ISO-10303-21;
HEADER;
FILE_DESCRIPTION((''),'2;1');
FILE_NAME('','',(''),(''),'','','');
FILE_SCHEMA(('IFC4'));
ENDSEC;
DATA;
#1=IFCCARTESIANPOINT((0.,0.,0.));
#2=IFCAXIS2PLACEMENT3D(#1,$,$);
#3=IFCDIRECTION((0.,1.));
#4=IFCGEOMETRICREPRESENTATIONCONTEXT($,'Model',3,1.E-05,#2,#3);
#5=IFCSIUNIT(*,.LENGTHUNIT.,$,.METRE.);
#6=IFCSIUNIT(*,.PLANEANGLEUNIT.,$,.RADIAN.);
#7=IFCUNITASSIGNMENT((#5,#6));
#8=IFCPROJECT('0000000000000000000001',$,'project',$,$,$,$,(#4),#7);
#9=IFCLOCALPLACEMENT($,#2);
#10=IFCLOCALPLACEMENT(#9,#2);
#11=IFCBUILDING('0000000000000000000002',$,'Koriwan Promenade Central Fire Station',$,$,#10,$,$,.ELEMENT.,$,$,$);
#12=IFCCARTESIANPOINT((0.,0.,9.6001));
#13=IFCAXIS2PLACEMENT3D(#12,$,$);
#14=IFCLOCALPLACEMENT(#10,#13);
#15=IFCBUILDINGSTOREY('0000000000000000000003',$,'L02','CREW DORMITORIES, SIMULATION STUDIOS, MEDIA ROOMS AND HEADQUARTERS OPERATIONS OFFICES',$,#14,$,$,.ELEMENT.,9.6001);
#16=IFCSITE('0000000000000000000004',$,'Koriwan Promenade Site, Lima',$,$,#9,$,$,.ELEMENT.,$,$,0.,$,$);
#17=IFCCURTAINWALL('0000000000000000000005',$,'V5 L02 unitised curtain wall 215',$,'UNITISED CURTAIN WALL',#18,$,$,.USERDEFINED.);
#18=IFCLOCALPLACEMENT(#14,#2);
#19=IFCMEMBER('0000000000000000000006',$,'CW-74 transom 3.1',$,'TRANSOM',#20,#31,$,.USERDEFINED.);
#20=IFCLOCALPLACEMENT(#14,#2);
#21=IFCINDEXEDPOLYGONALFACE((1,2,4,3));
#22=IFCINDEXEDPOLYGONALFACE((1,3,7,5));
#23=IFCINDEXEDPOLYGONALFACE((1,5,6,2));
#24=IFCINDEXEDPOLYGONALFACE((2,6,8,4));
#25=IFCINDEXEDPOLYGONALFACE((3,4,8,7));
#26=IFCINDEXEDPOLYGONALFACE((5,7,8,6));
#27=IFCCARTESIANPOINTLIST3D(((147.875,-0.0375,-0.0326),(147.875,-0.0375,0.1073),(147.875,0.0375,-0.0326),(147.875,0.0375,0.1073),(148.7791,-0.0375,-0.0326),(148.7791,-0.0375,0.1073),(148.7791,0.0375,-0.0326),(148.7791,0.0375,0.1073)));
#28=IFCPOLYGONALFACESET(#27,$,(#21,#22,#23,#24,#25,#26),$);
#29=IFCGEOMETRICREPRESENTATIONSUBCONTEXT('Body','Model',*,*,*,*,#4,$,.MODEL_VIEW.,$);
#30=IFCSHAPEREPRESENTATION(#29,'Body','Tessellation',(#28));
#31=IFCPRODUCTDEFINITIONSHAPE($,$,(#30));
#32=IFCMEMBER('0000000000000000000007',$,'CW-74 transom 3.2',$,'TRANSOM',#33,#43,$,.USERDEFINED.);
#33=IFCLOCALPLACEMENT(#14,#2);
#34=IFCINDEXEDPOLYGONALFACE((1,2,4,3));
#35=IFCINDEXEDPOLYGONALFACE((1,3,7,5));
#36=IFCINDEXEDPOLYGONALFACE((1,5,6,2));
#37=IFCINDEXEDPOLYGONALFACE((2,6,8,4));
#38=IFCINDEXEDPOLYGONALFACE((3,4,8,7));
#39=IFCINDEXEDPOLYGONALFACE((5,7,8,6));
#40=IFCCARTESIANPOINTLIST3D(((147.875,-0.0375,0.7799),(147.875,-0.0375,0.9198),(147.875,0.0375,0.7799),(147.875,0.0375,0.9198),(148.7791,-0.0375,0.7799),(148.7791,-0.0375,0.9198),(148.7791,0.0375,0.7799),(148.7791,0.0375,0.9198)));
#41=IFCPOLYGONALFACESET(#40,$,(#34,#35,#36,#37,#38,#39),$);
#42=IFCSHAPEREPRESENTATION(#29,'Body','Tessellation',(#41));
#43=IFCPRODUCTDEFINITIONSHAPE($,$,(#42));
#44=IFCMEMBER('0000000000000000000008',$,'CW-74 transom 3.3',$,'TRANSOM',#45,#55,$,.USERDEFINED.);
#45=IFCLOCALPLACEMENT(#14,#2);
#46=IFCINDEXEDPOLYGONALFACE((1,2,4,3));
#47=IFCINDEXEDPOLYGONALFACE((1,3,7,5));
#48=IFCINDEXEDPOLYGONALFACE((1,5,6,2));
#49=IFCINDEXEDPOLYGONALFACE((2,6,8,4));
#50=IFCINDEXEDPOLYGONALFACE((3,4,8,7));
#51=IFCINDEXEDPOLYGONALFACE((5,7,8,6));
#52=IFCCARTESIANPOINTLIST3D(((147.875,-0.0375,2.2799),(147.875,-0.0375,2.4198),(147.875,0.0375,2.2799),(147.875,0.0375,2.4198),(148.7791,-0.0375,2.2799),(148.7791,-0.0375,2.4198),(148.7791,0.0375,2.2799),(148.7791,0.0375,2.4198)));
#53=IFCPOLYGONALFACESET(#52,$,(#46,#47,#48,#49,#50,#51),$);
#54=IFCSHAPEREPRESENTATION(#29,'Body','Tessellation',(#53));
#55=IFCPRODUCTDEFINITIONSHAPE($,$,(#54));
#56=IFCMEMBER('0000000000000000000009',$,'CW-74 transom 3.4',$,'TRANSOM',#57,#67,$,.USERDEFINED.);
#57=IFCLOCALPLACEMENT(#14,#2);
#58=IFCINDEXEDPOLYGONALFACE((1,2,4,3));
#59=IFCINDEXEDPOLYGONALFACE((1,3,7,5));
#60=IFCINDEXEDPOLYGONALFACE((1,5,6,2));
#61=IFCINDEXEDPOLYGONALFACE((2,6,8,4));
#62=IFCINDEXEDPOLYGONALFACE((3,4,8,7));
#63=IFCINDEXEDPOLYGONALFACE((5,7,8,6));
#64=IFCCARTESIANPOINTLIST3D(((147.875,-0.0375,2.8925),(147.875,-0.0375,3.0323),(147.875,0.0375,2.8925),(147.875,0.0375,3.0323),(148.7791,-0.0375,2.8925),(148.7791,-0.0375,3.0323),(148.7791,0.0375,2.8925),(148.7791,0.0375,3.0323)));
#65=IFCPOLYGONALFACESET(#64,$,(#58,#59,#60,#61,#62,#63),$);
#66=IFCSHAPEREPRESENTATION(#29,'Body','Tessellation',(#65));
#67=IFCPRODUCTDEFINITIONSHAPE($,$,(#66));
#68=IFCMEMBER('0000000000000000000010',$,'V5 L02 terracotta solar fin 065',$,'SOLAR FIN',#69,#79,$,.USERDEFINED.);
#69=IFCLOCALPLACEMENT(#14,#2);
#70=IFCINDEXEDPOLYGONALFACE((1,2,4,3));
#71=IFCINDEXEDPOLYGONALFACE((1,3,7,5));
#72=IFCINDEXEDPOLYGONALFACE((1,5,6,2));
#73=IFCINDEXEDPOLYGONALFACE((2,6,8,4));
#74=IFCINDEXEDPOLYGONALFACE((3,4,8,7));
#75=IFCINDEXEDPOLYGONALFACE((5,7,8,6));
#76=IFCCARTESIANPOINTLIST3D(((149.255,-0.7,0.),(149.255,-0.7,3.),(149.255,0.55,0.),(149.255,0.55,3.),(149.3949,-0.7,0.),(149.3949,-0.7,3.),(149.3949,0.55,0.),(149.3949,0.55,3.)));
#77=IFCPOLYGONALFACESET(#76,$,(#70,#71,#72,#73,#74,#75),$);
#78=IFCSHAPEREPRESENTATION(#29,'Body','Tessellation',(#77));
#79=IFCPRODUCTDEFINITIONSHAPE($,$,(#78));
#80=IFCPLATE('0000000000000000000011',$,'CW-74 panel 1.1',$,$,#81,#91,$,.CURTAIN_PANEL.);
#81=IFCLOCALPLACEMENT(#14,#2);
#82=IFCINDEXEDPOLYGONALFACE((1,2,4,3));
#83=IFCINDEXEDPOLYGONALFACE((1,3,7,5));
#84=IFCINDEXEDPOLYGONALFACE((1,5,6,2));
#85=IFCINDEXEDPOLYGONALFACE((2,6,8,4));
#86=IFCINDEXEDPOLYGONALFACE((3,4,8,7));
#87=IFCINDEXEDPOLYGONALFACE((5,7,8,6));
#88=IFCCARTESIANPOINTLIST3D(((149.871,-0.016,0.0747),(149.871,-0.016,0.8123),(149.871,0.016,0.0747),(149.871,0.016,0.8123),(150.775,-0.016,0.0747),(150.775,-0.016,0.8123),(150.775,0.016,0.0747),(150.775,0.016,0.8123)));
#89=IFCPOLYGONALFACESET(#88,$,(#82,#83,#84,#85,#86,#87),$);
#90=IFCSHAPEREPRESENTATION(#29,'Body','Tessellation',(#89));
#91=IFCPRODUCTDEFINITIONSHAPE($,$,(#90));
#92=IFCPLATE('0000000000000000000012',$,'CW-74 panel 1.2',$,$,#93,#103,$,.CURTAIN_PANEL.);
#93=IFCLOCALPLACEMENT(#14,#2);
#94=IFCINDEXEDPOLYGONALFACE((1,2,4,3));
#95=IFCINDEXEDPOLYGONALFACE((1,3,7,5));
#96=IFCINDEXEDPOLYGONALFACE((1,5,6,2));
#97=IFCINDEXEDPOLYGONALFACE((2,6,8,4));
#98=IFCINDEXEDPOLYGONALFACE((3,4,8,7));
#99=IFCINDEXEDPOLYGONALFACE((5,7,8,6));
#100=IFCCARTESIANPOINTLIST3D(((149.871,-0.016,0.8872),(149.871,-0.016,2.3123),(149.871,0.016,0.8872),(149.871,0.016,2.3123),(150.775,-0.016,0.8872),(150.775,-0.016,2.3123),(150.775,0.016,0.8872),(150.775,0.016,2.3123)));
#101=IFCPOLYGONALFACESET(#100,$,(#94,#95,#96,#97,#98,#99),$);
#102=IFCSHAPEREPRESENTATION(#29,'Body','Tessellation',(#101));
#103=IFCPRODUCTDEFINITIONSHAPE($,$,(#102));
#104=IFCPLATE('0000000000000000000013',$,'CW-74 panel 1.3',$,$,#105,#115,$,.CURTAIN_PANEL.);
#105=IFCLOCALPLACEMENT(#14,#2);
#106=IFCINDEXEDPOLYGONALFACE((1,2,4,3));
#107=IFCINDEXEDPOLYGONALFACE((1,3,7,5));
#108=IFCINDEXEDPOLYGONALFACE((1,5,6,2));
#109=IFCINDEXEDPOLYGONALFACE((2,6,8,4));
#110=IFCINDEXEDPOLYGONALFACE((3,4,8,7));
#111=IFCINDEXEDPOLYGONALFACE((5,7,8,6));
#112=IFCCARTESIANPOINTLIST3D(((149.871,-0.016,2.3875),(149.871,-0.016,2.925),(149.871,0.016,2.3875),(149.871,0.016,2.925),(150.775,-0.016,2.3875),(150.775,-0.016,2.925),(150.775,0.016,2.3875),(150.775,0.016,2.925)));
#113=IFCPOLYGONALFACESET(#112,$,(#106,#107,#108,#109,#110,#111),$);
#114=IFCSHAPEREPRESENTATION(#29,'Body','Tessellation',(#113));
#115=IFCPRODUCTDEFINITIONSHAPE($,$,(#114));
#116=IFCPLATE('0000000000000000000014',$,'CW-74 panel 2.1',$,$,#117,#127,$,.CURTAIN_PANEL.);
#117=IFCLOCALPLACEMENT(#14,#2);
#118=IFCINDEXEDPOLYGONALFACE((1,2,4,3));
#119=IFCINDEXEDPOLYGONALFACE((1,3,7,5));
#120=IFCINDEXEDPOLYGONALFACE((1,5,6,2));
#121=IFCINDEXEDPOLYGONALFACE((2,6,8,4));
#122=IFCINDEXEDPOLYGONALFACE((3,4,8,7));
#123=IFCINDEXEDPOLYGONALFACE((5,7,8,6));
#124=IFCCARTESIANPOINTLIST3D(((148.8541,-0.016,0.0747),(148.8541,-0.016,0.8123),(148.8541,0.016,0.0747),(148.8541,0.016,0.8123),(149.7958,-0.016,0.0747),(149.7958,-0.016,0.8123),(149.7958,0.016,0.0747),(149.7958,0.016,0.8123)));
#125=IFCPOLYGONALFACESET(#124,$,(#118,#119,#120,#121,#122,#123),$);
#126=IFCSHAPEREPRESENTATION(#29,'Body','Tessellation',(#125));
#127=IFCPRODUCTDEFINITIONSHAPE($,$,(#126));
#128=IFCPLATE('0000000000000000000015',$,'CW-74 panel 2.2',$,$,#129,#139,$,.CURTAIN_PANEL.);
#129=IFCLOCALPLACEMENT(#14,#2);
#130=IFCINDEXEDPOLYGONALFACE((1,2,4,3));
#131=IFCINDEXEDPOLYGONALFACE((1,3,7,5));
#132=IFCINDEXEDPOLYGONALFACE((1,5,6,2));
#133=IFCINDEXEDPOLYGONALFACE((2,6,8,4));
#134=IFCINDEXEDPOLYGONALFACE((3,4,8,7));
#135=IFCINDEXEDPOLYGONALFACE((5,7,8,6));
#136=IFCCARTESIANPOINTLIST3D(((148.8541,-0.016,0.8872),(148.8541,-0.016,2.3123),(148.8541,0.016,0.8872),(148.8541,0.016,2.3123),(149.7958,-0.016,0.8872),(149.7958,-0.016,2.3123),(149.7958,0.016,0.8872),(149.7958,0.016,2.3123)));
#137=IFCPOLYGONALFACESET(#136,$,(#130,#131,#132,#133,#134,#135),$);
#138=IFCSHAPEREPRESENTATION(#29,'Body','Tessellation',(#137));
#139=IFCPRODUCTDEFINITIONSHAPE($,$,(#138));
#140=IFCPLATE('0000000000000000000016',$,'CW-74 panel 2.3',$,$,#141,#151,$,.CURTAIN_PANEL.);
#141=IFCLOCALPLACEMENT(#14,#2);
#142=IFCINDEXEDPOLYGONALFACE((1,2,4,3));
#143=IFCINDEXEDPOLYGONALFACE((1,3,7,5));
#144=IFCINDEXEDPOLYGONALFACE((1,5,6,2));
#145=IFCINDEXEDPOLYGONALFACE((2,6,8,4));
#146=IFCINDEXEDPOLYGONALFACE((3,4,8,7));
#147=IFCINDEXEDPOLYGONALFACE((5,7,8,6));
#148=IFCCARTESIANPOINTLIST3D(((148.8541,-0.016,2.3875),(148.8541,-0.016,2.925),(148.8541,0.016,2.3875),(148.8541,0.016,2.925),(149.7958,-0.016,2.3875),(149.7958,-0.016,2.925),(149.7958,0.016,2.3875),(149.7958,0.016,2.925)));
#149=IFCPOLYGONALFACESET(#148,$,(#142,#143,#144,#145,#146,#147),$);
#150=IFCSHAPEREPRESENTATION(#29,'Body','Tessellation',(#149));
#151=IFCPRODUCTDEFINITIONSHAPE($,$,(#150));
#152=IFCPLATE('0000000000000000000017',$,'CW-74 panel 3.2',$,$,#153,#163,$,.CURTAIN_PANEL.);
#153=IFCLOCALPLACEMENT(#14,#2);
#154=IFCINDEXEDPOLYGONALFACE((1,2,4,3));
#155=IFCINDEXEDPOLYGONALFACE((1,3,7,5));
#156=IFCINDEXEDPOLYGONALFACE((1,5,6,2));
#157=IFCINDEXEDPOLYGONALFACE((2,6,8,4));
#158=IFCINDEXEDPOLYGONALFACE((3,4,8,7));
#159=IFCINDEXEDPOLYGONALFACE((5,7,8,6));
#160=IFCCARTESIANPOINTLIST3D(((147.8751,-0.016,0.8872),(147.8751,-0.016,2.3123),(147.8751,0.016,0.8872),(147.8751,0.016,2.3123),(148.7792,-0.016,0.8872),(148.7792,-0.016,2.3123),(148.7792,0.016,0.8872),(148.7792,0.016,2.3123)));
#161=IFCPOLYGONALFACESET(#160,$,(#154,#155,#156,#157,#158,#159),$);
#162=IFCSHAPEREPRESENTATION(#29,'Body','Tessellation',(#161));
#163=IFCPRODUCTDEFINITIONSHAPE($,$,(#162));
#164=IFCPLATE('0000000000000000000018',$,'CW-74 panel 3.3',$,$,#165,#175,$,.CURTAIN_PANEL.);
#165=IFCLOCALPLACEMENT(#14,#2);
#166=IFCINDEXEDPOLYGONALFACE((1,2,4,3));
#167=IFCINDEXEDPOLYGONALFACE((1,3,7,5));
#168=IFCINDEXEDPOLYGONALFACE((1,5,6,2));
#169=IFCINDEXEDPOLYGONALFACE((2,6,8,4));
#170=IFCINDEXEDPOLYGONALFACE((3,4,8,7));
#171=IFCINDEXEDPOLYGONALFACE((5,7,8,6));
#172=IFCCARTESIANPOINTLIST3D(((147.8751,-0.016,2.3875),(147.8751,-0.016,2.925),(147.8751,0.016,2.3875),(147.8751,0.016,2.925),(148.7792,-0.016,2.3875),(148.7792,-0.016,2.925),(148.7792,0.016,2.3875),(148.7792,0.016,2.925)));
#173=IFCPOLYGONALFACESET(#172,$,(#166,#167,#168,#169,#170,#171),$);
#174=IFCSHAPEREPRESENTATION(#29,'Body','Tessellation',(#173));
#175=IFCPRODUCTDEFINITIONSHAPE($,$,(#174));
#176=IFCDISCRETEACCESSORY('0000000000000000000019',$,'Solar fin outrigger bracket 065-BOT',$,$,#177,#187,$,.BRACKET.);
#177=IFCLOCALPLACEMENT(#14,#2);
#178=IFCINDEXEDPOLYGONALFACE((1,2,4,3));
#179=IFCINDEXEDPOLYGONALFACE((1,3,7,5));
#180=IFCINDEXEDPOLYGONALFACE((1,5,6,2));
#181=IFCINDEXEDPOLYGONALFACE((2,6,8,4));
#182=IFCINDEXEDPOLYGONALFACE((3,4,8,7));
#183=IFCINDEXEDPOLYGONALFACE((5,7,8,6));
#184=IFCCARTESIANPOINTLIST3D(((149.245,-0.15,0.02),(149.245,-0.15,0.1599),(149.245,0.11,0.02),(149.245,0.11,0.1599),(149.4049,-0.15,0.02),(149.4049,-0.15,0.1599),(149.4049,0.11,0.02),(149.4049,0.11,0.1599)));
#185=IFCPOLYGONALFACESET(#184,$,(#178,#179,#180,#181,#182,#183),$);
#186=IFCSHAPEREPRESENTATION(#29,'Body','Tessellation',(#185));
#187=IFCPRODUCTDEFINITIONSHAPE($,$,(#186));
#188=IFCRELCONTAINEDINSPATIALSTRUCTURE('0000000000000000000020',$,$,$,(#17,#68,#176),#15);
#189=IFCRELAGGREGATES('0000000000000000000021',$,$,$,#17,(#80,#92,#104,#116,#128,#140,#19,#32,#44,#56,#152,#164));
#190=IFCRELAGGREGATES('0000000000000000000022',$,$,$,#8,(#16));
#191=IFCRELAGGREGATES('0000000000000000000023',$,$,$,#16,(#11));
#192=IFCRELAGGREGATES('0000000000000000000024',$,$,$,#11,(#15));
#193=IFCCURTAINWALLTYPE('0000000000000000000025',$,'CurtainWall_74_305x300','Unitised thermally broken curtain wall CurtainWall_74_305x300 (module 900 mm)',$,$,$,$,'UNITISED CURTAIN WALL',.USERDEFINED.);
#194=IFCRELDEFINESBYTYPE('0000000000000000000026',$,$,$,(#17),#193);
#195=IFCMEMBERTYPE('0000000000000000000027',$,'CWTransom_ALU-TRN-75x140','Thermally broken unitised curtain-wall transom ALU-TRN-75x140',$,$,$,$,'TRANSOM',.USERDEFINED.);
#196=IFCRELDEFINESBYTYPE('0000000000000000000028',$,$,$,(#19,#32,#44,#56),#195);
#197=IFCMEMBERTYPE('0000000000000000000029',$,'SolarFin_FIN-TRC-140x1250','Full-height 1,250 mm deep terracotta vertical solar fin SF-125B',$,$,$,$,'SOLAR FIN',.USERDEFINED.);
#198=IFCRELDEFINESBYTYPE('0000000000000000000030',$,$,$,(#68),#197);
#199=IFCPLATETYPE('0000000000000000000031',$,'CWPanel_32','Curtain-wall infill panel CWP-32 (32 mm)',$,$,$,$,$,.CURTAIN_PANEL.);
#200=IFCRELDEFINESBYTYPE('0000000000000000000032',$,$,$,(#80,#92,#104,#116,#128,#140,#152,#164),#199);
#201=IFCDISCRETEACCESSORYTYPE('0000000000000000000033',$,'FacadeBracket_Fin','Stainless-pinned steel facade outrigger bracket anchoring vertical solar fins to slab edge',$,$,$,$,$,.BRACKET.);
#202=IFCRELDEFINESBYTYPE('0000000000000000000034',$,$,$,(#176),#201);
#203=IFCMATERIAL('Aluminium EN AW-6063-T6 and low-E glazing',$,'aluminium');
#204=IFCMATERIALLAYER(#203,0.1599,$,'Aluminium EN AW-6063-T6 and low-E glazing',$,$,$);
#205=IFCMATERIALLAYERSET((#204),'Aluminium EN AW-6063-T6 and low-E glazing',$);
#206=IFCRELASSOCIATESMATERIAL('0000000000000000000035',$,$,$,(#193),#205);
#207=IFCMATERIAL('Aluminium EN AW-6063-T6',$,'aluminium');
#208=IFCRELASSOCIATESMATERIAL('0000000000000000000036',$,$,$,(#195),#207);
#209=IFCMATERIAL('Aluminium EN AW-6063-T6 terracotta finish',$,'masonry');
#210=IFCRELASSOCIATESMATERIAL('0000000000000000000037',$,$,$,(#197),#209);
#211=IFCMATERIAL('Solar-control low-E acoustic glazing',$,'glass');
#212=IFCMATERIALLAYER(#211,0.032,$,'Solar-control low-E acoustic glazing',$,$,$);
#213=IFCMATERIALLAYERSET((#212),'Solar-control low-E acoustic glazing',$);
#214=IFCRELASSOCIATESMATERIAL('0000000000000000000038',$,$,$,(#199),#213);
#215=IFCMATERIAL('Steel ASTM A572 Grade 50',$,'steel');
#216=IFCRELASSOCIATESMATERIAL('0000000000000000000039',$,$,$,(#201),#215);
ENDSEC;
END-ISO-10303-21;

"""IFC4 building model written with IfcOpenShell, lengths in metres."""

from ifc_helpers import new_model, si_unit, direction, frame, origin, origin_2d, place, context, subcontext, project, spatial, rectangle, extrude, material, layer, layer_set, material_profile, profile_set, type_object, element, aggregate, save


model = new_model("IFC4")

# Units and contexts
model_context = context("Model", 3, precision=1e-05, world=origin(), true_north=direction((0.0, 1.0)))
body_context = subcontext(model_context, "Body", "Model", "MODEL_VIEW")
ifc_project = project(units=[si_unit("LENGTHUNIT", "METRE"), si_unit("PLANEANGLEUNIT", "RADIAN")], contexts=[model_context])

# Site, building, storey
site_placement = place(None, origin())
site = spatial("IfcSite", under=ifc_project, at=site_placement, Name="Koriwan Promenade Site, Lima", CompositionType="ELEMENT", RefElevation=0.0)
building_placement = place(site_placement, origin())
building = spatial("IfcBuilding", under=site, at=building_placement, Name="Koriwan Promenade Central Fire Station", CompositionType="ELEMENT")
storey_placement = place(building_placement, frame((0.0, 0.0, 9.6001)))
storey = spatial("IfcBuildingStorey", under=building, at=storey_placement, Name="L02", Description="CREW DORMITORIES, SIMULATION STUDIOS, MEDIA ROOMS AND HEADQUARTERS OPERATIONS OFFICES", CompositionType="ELEMENT", Elevation=9.6001)

# Curtain wall, members
ifc_material_1 = material(Name="Aluminium EN AW-6063-T6 and low-E glazing", Category="aluminium")
ifc_layer_1 = layer(ifc_material_1, 0.1599, Name="Aluminium EN AW-6063-T6 and low-E glazing")
ifc_layer_set_1 = layer_set([ifc_layer_1], Name="Aluminium EN AW-6063-T6 and low-E glazing")
curtain_wall_type = type_object("IfcCurtainWallType", Name="CurtainWall_74_305x300", Description="Unitised thermally broken curtain wall CurtainWall_74_305x300 (module 900 mm)", ElementType="UNITISED CURTAIN WALL", PredefinedType="USERDEFINED", material=ifc_layer_set_1)
curtain_wall_placement = place(storey_placement, origin())
curtain_wall = element("IfcCurtainWall", 1, at=curtain_wall_placement, inside=storey, type_object=curtain_wall_type, Name="V5 L02 unitised curtain wall 215", ObjectType="UNITISED CURTAIN WALL", PredefinedType="USERDEFINED")
ifc_material_2 = material(Name="Aluminium EN AW-6063-T6", Category="aluminium")
ifc_material_profile_1 = material_profile(ifc_material_2, rectangle(XDim=0.075, YDim=0.1399, at=origin_2d()), Name="ALU-TRN-75x140")
ifc_profile_set_1 = profile_set([ifc_material_profile_1], Name="Aluminium EN AW-6063-T6")
member_type_1 = type_object("IfcMemberType", Name="CWTransom_ALU-TRN-75x140", Description="Thermally broken unitised curtain-wall transom ALU-TRN-75x140", ElementType="TRANSOM", PredefinedType="USERDEFINED", material=ifc_profile_set_1)
member_1_placement = place(storey_placement, frame((148.7791, 0.0, 0.0374), z_axis=(-1.0, 0.0, 0.0), x_axis=(0.0, -1.0, 0.0)))
member_1 = element("IfcMember", 2, at=member_1_placement, type_object=member_type_1, Name="CW-74 transom 3.1", ObjectType="TRANSOM", PredefinedType="USERDEFINED", context=body_context, shape_type="SweptSolid", body=[
    extrude(rectangle(XDim=0.075, YDim=0.1399, at=origin_2d()), origin(), (0.0, 0.0, 1.0), 0.9041),
])
member_2_placement = place(storey_placement, frame((148.7791, 0.0, 0.8499), z_axis=(-1.0, 0.0, 0.0), x_axis=(0.0, -1.0, 0.0)))
member_2 = element("IfcMember", 3, at=member_2_placement, type_object=member_type_1, Name="CW-74 transom 3.2", ObjectType="TRANSOM", PredefinedType="USERDEFINED", context=body_context, shape_type="SweptSolid", body=[
    extrude(rectangle(XDim=0.075, YDim=0.1399, at=origin_2d()), origin(), (0.0, 0.0, 1.0), 0.9041),
])
member_3_placement = place(storey_placement, frame((148.7791, 0.0, 2.3499), z_axis=(-1.0, 0.0, 0.0), x_axis=(0.0, -1.0, 0.0)))
member_3 = element("IfcMember", 4, at=member_3_placement, type_object=member_type_1, Name="CW-74 transom 3.3", ObjectType="TRANSOM", PredefinedType="USERDEFINED", context=body_context, shape_type="SweptSolid", body=[
    extrude(rectangle(XDim=0.075, YDim=0.1399, at=origin_2d()), origin(), (0.0, 0.0, 1.0), 0.9041),
])
member_4_placement = place(storey_placement, frame((148.7791, 0.0, 2.9624), z_axis=(-1.0, 0.0, 0.0), x_axis=(0.0, -1.0, 0.0)))
member_4 = element("IfcMember", 5, at=member_4_placement, type_object=member_type_1, Name="CW-74 transom 3.4", ObjectType="TRANSOM", PredefinedType="USERDEFINED", context=body_context, shape_type="SweptSolid", body=[
    extrude(rectangle(XDim=0.075, YDim=0.1399, at=origin_2d()), origin(), (0.0, 0.0, 1.0), 0.9041),
])

# Member
ifc_material_3 = material(Name="Aluminium EN AW-6063-T6 terracotta finish", Category="masonry")
ifc_material_profile_2 = material_profile(ifc_material_3, rectangle(XDim=0.1399, YDim=1.25, at=origin_2d()), Name="FIN-TRC-140x1250")
ifc_profile_set_2 = profile_set([ifc_material_profile_2], Name="Aluminium EN AW-6063-T6 terracotta finish")
member_type_2 = type_object("IfcMemberType", Name="SolarFin_FIN-TRC-140x1250", Description="Full-height 1,250 mm deep terracotta vertical solar fin SF-125B", ElementType="SOLAR FIN", PredefinedType="USERDEFINED", material=ifc_profile_set_2)
member_5_placement = place(storey_placement, frame((149.325, -0.075, 0.0), z_axis=(0.0, 0.0, 1.0), x_axis=(-1.0, 0.0, 0.0)))
element("IfcMember", 6, at=member_5_placement, inside=storey, type_object=member_type_2, Name="V5 L02 terracotta solar fin 065", ObjectType="SOLAR FIN", PredefinedType="USERDEFINED", context=body_context, shape_type="SweptSolid", body=[
    extrude(rectangle(XDim=0.1399, YDim=1.25, at=origin_2d()), origin(), (0.0, 0.0, 1.0), 3.0),
])

# Plates
ifc_material_4 = material(Name="Solar-control low-E acoustic glazing", Category="glass")
ifc_layer_2 = layer(ifc_material_4, 0.032, Name="Solar-control low-E acoustic glazing")
ifc_layer_set_2 = layer_set([ifc_layer_2], Name="Solar-control low-E acoustic glazing")
plate_type = type_object("IfcPlateType", Name="CWPanel_32", Description="Curtain-wall infill panel CWP-32 (32 mm)", PredefinedType="CURTAIN_PANEL", material=ifc_layer_set_2)
plate_1_placement = place(storey_placement, frame((150.323, 0.0, 0.0747), z_axis=(0.0, 0.0, 1.0), x_axis=(-1.0, 0.0, 0.0)))
plate_1 = element("IfcPlate", 7, at=plate_1_placement, type_object=plate_type, Name="CW-74 panel 1.1", PredefinedType="CURTAIN_PANEL", context=body_context, shape_type="SweptSolid", body=[
    extrude(rectangle(XDim=0.9041, YDim=0.032, at=origin_2d()), origin(), (0.0, 0.0, 1.0), 0.7375),
])
plate_2_placement = place(storey_placement, frame((150.323, 0.0, 0.8872), z_axis=(0.0, 0.0, 1.0), x_axis=(-1.0, 0.0, 0.0)))
plate_2 = element("IfcPlate", 8, at=plate_2_placement, type_object=plate_type, Name="CW-74 panel 1.2", PredefinedType="CURTAIN_PANEL", context=body_context, shape_type="SweptSolid", body=[
    extrude(rectangle(XDim=0.9041, YDim=0.032, at=origin_2d()), origin(), (0.0, 0.0, 1.0), 1.425),
])
plate_3_placement = place(storey_placement, frame((150.323, 0.0, 2.3875), z_axis=(0.0, 0.0, 1.0), x_axis=(-1.0, 0.0, 0.0)))
plate_3 = element("IfcPlate", 9, at=plate_3_placement, type_object=plate_type, Name="CW-74 panel 1.3", PredefinedType="CURTAIN_PANEL", context=body_context, shape_type="SweptSolid", body=[
    extrude(rectangle(XDim=0.9041, YDim=0.032, at=origin_2d()), origin(), (0.0, 0.0, 1.0), 0.5376),
])
plate_4_placement = place(storey_placement, frame((149.325, 0.0, 0.0747), z_axis=(0.0, 0.0, 1.0), x_axis=(-1.0, 0.0, 0.0)))
plate_4 = element("IfcPlate", 10, at=plate_4_placement, type_object=plate_type, Name="CW-74 panel 2.1", PredefinedType="CURTAIN_PANEL", context=body_context, shape_type="SweptSolid", body=[
    extrude(rectangle(XDim=0.9417, YDim=0.032, at=origin_2d()), origin(), (0.0, 0.0, 1.0), 0.7375),
])
plate_5_placement = place(storey_placement, frame((149.325, 0.0, 0.8872), z_axis=(0.0, 0.0, 1.0), x_axis=(-1.0, 0.0, 0.0)))
plate_5 = element("IfcPlate", 11, at=plate_5_placement, type_object=plate_type, Name="CW-74 panel 2.2", PredefinedType="CURTAIN_PANEL", context=body_context, shape_type="SweptSolid", body=[
    extrude(rectangle(XDim=0.9417, YDim=0.032, at=origin_2d()), origin(), (0.0, 0.0, 1.0), 1.425),
])
plate_6_placement = place(storey_placement, frame((149.325, 0.0, 2.3875), z_axis=(0.0, 0.0, 1.0), x_axis=(-1.0, 0.0, 0.0)))
plate_6 = element("IfcPlate", 12, at=plate_6_placement, type_object=plate_type, Name="CW-74 panel 2.3", PredefinedType="CURTAIN_PANEL", context=body_context, shape_type="SweptSolid", body=[
    extrude(rectangle(XDim=0.9417, YDim=0.032, at=origin_2d()), origin(), (0.0, 0.0, 1.0), 0.5376),
])
plate_7_placement = place(storey_placement, frame((148.3271, 0.0, 0.8872), z_axis=(0.0, 0.0, 1.0), x_axis=(-1.0, 0.0, 0.0)))
plate_7 = element("IfcPlate", 13, at=plate_7_placement, type_object=plate_type, Name="CW-74 panel 3.2", PredefinedType="CURTAIN_PANEL", context=body_context, shape_type="SweptSolid", body=[
    extrude(rectangle(XDim=0.9041, YDim=0.032, at=origin_2d()), origin(), (0.0, 0.0, 1.0), 1.425),
])
plate_8_placement = place(storey_placement, frame((148.3271, 0.0, 2.3875), z_axis=(0.0, 0.0, 1.0), x_axis=(-1.0, 0.0, 0.0)))
plate_8 = element("IfcPlate", 14, at=plate_8_placement, type_object=plate_type, Name="CW-74 panel 3.3", PredefinedType="CURTAIN_PANEL", context=body_context, shape_type="SweptSolid", body=[
    extrude(rectangle(XDim=0.9041, YDim=0.032, at=origin_2d()), origin(), (0.0, 0.0, 1.0), 0.5376),
])
aggregate(curtain_wall, [plate_1, plate_2, plate_3, plate_4, plate_5, plate_6, member_1, member_2, member_3, member_4, plate_7, plate_8])

# Discrete accessory
ifc_material_5 = material(Name="Steel ASTM A572 Grade 50", Category="steel")
discrete_accessory_type = type_object("IfcDiscreteAccessoryType", Name="FacadeBracket_Fin", Description="Stainless-pinned steel facade outrigger bracket anchoring vertical solar fins to slab edge", PredefinedType="BRACKET", material=ifc_material_5)
for number, where, z_axis, x_axis, name in (
    (15, (149.325, -0.02, 0.02), (0.0, 0.0, 1.0), (0.0, -1.0, 0.0), "Solar fin outrigger bracket 065-BOT"),
):
    element("IfcDiscreteAccessory", number, at=place(storey_placement, frame(where, z_axis=z_axis, x_axis=x_axis)), inside=storey, type_object=discrete_accessory_type, Name=name, PredefinedType="BRACKET", context=body_context, shape_type="SweptSolid", body=[
        extrude(rectangle(XDim=0.26, YDim=0.1599, at=origin_2d()), origin(), (0.0, 0.0, 1.0), 0.1399),
    ])

save(model, "model.ifc")
